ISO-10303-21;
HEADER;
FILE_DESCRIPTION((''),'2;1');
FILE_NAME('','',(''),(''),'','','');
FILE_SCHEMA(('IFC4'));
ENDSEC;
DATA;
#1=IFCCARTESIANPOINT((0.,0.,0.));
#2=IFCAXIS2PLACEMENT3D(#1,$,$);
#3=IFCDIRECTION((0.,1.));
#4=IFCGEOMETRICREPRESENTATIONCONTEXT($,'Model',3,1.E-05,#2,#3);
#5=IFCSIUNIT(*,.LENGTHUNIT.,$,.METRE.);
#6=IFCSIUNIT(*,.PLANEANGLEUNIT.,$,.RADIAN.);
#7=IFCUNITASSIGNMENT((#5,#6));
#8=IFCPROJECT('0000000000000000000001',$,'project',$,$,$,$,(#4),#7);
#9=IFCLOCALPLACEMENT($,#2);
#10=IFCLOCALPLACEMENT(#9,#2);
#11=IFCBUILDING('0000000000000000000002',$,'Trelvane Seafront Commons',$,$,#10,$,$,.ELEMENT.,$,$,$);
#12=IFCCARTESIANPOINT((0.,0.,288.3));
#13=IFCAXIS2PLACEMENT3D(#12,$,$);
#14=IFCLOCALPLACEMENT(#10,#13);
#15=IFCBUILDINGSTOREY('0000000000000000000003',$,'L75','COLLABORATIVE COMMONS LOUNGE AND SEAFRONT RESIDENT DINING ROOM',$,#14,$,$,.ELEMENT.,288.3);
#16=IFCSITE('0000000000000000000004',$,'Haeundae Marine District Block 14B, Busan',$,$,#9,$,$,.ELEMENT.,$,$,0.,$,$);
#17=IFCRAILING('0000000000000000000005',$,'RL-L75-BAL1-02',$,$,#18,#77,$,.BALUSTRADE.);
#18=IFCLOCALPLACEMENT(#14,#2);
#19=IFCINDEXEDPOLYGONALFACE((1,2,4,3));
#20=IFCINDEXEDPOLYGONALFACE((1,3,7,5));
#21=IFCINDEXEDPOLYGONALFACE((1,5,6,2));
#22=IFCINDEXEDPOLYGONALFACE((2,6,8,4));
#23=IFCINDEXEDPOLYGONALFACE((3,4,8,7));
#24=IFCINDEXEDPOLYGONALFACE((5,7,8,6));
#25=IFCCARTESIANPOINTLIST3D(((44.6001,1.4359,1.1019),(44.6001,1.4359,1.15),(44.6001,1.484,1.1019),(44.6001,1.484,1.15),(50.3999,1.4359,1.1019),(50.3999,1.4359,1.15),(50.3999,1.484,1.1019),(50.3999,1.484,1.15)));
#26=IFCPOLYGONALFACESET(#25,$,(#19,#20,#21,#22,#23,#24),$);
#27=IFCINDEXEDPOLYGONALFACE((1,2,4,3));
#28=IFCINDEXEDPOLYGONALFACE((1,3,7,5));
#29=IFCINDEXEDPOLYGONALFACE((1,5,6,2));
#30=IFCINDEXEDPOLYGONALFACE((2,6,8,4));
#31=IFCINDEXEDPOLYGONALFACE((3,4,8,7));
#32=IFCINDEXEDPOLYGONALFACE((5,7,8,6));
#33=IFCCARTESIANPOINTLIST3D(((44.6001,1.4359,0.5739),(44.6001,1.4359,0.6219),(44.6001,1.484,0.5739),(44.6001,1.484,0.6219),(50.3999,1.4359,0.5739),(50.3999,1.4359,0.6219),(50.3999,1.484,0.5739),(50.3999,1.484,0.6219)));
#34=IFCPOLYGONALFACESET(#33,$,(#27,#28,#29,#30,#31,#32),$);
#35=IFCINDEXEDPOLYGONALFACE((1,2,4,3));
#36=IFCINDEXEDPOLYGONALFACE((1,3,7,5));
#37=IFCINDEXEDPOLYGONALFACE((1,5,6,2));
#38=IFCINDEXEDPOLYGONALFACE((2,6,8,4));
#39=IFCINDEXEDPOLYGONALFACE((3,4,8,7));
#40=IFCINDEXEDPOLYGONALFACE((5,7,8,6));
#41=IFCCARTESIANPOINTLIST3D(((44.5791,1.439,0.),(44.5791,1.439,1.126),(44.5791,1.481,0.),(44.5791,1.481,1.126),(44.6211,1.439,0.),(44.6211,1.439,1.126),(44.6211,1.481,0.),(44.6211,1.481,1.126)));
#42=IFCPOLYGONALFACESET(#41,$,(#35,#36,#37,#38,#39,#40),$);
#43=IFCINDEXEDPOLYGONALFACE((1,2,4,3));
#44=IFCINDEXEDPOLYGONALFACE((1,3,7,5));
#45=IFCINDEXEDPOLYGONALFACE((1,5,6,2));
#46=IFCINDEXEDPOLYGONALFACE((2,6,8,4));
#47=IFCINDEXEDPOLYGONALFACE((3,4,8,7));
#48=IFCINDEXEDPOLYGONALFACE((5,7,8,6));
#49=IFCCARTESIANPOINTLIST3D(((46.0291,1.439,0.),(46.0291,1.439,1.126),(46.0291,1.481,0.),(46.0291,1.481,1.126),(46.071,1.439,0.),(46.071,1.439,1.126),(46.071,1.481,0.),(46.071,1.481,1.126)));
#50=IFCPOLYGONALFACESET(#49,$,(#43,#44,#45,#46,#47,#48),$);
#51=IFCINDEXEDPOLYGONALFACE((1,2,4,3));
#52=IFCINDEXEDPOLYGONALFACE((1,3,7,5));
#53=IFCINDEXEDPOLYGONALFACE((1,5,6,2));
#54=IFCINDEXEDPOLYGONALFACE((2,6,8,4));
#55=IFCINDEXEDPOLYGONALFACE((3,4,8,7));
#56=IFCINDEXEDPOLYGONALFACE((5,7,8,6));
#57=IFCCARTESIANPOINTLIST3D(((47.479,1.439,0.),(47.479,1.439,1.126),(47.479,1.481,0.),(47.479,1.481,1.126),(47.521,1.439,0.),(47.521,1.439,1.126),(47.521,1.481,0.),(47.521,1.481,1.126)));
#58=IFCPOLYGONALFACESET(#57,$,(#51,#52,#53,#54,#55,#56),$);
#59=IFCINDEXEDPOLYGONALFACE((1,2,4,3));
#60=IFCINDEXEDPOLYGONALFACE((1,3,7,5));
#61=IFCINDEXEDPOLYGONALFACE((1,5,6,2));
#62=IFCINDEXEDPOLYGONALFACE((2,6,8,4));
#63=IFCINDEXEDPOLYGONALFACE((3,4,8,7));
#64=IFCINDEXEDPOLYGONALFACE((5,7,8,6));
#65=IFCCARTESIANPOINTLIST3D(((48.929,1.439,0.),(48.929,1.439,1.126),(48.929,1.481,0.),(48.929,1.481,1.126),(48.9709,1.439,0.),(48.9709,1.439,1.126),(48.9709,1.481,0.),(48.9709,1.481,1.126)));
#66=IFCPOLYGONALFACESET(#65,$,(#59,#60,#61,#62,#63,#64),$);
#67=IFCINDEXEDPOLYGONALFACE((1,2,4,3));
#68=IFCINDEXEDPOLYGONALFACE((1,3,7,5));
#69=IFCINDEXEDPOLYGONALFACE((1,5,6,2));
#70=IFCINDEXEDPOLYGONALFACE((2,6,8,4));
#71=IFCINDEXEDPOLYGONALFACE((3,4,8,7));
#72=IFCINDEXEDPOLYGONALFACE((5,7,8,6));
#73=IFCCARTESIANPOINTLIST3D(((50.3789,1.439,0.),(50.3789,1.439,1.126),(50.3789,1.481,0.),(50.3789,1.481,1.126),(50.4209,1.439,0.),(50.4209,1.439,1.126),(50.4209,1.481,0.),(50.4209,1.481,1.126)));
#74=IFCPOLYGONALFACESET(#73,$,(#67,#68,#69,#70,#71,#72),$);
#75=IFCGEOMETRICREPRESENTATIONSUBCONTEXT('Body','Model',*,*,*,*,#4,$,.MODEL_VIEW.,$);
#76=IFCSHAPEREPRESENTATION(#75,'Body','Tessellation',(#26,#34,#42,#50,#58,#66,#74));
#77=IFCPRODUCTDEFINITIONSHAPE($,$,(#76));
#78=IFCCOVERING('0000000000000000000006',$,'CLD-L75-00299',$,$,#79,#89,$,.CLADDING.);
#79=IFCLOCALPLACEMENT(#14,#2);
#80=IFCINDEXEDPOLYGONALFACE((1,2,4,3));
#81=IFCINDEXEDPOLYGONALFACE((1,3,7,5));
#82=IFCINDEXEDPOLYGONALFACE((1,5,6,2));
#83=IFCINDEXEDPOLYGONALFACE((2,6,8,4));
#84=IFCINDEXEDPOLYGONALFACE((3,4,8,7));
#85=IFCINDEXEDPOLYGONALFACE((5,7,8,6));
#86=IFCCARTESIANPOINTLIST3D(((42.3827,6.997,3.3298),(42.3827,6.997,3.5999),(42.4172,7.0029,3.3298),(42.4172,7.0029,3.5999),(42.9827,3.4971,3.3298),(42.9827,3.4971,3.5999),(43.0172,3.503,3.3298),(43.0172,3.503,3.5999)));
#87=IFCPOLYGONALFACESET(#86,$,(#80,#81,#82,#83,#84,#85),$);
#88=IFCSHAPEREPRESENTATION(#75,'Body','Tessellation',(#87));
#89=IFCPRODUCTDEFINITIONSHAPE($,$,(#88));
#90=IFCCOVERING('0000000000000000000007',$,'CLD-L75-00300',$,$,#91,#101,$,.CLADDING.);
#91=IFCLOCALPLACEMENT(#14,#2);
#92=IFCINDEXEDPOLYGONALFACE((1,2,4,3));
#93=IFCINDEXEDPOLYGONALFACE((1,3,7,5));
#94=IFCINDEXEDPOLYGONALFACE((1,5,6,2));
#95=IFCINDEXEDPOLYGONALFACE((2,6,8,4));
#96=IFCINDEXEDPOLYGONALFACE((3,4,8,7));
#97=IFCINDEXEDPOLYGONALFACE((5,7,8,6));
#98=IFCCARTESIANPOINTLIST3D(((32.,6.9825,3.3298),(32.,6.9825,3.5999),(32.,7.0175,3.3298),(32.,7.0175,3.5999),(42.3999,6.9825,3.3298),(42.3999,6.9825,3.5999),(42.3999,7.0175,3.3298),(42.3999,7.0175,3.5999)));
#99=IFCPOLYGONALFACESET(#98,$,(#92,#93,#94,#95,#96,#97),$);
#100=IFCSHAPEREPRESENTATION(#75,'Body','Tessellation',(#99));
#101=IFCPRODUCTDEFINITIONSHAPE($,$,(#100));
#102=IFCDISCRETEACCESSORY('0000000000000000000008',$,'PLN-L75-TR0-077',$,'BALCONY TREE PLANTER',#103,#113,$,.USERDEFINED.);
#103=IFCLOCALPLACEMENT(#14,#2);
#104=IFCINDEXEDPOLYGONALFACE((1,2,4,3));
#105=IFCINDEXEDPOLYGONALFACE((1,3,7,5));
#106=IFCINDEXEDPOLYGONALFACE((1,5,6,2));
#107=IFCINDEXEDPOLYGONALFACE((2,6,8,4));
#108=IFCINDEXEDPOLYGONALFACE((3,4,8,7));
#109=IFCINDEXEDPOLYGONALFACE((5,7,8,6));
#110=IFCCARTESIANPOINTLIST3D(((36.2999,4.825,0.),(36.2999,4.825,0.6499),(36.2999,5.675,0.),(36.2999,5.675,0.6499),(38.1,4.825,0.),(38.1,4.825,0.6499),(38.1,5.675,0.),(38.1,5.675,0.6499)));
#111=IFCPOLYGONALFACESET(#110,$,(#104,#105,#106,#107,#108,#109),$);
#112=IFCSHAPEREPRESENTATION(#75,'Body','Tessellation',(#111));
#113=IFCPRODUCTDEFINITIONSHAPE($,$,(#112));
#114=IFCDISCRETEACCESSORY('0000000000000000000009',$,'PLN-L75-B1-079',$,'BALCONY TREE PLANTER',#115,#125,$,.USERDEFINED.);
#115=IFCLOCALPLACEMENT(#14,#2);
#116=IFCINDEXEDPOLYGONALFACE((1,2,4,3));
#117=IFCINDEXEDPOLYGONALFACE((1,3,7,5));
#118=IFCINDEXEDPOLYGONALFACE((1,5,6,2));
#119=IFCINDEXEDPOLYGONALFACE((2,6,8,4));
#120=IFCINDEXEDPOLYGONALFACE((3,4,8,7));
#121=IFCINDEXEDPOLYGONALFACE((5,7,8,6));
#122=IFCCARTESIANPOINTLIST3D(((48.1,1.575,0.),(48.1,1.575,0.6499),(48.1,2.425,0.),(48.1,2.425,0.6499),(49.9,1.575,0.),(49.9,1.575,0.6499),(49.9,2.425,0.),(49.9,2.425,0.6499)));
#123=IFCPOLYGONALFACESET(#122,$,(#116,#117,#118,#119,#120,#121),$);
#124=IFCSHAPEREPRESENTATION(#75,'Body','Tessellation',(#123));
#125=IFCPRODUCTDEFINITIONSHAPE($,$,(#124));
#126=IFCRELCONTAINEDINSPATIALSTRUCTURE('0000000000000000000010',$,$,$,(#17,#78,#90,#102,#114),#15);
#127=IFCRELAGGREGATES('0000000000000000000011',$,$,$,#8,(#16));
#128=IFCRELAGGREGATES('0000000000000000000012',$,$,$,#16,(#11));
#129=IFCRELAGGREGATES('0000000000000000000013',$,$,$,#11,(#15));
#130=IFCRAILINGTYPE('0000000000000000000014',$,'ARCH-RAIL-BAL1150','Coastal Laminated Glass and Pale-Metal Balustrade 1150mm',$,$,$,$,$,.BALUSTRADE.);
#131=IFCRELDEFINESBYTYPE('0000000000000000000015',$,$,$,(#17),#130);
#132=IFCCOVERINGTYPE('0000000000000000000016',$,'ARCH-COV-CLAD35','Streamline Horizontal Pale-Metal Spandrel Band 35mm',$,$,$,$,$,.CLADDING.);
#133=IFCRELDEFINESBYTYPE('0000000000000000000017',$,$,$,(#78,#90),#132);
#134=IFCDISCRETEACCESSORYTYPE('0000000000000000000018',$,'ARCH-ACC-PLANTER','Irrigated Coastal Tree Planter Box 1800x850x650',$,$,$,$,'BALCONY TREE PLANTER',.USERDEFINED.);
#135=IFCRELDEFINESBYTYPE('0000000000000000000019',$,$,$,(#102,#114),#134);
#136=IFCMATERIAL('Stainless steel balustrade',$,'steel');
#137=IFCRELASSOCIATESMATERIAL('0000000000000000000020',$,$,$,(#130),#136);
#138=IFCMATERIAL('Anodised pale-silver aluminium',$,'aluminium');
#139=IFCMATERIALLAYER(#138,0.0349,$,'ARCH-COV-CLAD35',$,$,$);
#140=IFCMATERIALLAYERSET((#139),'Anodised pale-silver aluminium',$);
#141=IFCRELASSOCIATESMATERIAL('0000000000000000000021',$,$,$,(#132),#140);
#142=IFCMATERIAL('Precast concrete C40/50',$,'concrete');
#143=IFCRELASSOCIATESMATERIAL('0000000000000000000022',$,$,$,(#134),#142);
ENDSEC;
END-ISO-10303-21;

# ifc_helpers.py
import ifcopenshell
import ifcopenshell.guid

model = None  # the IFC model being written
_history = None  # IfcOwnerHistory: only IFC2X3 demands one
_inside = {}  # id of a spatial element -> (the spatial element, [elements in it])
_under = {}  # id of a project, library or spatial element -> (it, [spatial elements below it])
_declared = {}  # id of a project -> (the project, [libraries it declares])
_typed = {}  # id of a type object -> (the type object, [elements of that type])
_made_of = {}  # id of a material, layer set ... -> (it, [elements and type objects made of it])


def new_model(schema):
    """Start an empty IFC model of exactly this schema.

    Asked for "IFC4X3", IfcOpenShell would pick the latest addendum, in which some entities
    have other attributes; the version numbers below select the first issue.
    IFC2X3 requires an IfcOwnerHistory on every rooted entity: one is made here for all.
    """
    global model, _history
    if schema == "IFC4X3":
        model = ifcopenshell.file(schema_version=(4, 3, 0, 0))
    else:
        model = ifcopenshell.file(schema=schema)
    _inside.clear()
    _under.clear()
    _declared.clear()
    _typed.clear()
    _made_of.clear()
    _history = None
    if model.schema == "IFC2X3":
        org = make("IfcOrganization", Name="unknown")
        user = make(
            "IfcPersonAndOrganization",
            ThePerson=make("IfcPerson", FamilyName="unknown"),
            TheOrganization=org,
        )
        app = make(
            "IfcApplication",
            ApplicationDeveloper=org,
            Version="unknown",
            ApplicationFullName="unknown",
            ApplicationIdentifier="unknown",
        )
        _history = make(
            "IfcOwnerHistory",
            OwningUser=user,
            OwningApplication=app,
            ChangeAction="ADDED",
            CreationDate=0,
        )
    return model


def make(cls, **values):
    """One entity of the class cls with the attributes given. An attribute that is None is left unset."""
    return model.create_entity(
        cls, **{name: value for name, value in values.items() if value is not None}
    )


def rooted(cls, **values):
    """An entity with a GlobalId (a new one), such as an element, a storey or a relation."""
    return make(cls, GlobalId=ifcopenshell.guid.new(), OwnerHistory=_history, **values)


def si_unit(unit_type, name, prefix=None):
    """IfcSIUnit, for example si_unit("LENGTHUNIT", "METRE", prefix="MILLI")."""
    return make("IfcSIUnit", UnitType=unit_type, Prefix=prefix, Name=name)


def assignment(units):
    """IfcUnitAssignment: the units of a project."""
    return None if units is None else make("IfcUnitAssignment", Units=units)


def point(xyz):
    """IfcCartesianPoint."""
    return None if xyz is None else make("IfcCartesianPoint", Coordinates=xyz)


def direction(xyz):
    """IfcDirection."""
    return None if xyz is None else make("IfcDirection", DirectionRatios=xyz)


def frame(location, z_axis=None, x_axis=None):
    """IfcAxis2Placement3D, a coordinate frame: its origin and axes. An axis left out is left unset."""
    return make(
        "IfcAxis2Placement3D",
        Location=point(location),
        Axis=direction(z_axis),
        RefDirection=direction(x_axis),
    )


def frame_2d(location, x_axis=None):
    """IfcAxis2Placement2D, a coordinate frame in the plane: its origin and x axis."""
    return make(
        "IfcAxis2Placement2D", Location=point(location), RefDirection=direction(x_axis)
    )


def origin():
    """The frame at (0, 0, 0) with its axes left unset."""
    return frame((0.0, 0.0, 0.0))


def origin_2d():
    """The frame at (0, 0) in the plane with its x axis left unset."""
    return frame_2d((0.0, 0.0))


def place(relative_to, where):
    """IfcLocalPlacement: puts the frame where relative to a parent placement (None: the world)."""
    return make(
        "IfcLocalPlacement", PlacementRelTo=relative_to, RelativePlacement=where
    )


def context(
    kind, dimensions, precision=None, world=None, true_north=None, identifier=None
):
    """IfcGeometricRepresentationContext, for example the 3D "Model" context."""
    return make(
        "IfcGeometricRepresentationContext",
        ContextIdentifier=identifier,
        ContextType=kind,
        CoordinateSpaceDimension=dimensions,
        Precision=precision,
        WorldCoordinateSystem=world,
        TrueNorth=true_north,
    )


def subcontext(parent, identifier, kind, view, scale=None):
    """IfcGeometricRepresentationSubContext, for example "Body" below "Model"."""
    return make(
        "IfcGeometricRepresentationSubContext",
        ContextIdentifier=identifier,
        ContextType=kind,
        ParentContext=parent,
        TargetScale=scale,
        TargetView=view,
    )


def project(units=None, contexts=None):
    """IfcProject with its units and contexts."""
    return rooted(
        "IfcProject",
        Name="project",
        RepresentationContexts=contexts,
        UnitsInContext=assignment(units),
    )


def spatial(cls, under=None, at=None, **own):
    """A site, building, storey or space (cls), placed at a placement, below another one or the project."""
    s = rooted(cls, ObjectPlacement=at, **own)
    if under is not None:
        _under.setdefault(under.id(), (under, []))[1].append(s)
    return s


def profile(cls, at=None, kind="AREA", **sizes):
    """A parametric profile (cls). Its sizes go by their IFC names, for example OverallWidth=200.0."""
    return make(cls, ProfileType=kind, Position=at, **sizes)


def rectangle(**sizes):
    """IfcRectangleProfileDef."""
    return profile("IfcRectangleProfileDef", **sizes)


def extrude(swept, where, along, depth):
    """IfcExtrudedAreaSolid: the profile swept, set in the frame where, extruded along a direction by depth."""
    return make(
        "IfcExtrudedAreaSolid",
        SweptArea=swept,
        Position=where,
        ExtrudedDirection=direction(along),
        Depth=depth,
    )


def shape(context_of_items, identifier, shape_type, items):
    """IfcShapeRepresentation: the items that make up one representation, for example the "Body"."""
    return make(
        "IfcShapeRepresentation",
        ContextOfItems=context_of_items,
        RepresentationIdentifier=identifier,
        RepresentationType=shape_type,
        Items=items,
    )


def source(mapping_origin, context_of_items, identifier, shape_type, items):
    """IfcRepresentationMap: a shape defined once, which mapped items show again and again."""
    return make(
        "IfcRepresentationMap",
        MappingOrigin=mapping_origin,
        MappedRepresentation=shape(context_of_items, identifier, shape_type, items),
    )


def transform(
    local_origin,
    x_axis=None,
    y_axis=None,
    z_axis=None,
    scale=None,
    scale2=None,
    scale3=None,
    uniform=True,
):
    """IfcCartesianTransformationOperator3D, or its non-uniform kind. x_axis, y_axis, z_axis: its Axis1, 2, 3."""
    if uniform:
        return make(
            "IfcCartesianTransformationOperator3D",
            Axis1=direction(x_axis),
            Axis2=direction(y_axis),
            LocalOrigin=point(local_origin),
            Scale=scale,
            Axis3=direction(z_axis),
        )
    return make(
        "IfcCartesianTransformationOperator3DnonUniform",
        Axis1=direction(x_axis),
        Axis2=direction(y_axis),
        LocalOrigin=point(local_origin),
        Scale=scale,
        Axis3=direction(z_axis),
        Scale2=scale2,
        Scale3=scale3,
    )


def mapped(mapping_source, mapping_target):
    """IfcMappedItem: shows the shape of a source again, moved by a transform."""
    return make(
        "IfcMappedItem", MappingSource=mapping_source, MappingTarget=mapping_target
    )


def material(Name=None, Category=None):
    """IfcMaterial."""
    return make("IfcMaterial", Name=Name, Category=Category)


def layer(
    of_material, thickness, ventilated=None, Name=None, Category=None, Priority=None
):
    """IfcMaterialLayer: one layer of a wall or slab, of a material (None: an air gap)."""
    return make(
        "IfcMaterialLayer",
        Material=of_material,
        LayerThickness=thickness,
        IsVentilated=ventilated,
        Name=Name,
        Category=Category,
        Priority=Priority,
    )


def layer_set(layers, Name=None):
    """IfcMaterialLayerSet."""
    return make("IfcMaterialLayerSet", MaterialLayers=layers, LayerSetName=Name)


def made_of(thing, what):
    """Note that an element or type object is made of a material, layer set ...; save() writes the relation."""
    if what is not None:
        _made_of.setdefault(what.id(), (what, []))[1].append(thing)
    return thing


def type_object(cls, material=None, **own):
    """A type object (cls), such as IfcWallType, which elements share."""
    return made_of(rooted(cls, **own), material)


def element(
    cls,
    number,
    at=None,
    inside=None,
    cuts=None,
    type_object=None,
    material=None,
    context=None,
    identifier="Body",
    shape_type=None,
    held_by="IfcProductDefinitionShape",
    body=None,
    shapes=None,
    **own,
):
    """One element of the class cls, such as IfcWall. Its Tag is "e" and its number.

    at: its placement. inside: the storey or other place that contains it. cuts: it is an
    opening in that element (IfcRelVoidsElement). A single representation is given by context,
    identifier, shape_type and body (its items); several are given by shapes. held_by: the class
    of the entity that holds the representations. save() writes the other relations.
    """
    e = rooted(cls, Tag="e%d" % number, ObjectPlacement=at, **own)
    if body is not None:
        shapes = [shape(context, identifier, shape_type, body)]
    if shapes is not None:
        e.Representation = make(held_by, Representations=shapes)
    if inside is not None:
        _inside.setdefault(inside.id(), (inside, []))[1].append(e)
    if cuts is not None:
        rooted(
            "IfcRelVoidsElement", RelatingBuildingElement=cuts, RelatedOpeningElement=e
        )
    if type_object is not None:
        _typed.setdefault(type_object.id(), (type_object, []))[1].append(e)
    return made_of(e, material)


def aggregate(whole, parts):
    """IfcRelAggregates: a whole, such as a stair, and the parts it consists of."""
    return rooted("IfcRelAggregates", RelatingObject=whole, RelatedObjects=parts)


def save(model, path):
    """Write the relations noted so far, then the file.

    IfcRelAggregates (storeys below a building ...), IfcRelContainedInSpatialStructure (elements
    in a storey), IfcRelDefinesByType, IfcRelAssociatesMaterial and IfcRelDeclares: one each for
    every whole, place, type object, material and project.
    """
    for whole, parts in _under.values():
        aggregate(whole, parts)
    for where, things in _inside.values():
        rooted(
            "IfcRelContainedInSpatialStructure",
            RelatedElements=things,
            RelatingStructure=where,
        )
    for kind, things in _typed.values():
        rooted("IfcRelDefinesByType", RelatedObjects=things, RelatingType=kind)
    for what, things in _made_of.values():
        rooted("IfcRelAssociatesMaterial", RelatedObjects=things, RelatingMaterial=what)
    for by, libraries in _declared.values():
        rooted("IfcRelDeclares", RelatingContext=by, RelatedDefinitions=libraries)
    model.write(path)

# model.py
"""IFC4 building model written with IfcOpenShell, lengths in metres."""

from ifc_helpers import new_model, si_unit, direction, frame, origin, origin_2d, place, context, subcontext, project, spatial, rectangle, extrude, source, transform, mapped, material, layer, layer_set, type_object, element, save


model = new_model("IFC4")

# Units and contexts
model_context = context("Model", 3, precision=1e-05, world=origin(), true_north=direction((0.0, 1.0)))
body_context = subcontext(model_context, "Body", "Model", "MODEL_VIEW")
ifc_project = project(units=[si_unit("LENGTHUNIT", "METRE"), si_unit("PLANEANGLEUNIT", "RADIAN")], contexts=[model_context])

# Site, building, storey
site_placement = place(None, origin())
site = spatial("IfcSite", under=ifc_project, at=site_placement, Name="Haeundae Marine District Block 14B, Busan", CompositionType="ELEMENT", RefElevation=0.0)
building_placement = place(site_placement, origin())
building = spatial("IfcBuilding", under=site, at=building_placement, Name="Trelvane Seafront Commons", CompositionType="ELEMENT")
storey_placement = place(building_placement, frame((0.0, 0.0, 288.3)))
storey = spatial("IfcBuildingStorey", under=building, at=storey_placement, Name="L75", Description="COLLABORATIVE COMMONS LOUNGE AND SEAFRONT RESIDENT DINING ROOM", CompositionType="ELEMENT", Elevation=288.3)

# Shared definitions
ifc_material_1 = material(Name="Precast concrete C40/50", Category="concrete")

# Railing
ifc_material_2 = material(Name="Stainless steel balustrade", Category="steel")
railing_type = type_object("IfcRailingType", Name="ARCH-RAIL-BAL1150", Description="Coastal Laminated Glass and Pale-Metal Balustrade 1150mm", PredefinedType="BALUSTRADE", material=ifc_material_2)
railing_1_placement = place(storey_placement, frame((44.6001, 1.46, 0.0)))
element("IfcRailing", 1, at=railing_1_placement, inside=storey, type_object=railing_type, Name="RL-L75-BAL1-02", PredefinedType="BALUSTRADE", context=body_context, shape_type="SweptSolid", body=[
    extrude(rectangle(XDim=0.0481, YDim=0.0481, at=origin_2d()), frame((0.0, 0.0, 1.126), z_axis=(1.0, 0.0, 0.0), x_axis=(0.0, 1.0, 0.0)), (0.0, 0.0, 1.0), 5.7998),
    extrude(rectangle(XDim=0.0481, YDim=0.0481, at=origin_2d()), frame((0.0, 0.0, 0.5979), z_axis=(1.0, 0.0, 0.0), x_axis=(0.0, 1.0, 0.0)), (0.0, 0.0, 1.0), 5.7998),
    extrude(rectangle(XDim=0.042, YDim=0.042, at=origin_2d()), origin(), (0.0, 0.0, 1.0), 1.126),
    extrude(rectangle(XDim=0.042, YDim=0.042, at=origin_2d()), frame((1.45, 0.0, 0.0)), (0.0, 0.0, 1.0), 1.126),
    extrude(rectangle(XDim=0.042, YDim=0.042, at=origin_2d()), frame((2.8999, 0.0, 0.0)), (0.0, 0.0, 1.0), 1.126),
    extrude(rectangle(XDim=0.042, YDim=0.042, at=origin_2d()), frame((4.3499, 0.0, 0.0)), (0.0, 0.0, 1.0), 1.126),
    extrude(rectangle(XDim=0.042, YDim=0.042, at=origin_2d()), frame((5.7998, 0.0, 0.0)), (0.0, 0.0, 1.0), 1.126),
])

# Coverings
ifc_material_3 = material(Name="Anodised pale-silver aluminium", Category="aluminium")
ifc_layer_1 = layer(ifc_material_3, 0.0349, Name="ARCH-COV-CLAD35")
ifc_layer_set_1 = layer_set([ifc_layer_1], Name="Anodised pale-silver aluminium")
covering_type = type_object("IfcCoveringType", Name="ARCH-COV-CLAD35", Description="Streamline Horizontal Pale-Metal Spandrel Band 35mm", PredefinedType="CLADDING", material=ifc_layer_set_1)
shared_shape_1 = source(origin(), body_context, "Body", "SweptSolid", [
    extrude(rectangle(XDim=3.551, YDim=0.0349, at=origin_2d()), origin(), (0.0, 0.0, 1.0), 0.27),
])
covering_1_placement = place(storey_placement, frame((42.7, 5.25, 3.3298), z_axis=(0.0, 0.0, 1.0), x_axis=(-0.168964, 0.985622, 0.0)))
element("IfcCovering", 2, at=covering_1_placement, inside=storey, type_object=covering_type, Name="CLD-L75-00299", PredefinedType="CLADDING", context=body_context, shape_type="MappedRepresentation", body=[
    mapped(shared_shape_1, transform((0.0, 0.0, 0.0), x_axis=(1.0, 0.0, 0.0), y_axis=(0.0, 1.0, 0.0), z_axis=(0.0, 0.0, 1.0), scale=1.0)),
])
shared_shape_2 = source(origin(), body_context, "Body", "SweptSolid", [
    extrude(rectangle(XDim=10.3999, YDim=0.0349, at=origin_2d()), origin(), (0.0, 0.0, 1.0), 0.27),
])
covering_2_placement = place(storey_placement, frame((37.2, 7.0, 3.3298), z_axis=(0.0, 0.0, 1.0), x_axis=(-1.0, 0.0, 0.0)))
element("IfcCovering", 3, at=covering_2_placement, inside=storey, type_object=covering_type, Name="CLD-L75-00300", PredefinedType="CLADDING", context=body_context, shape_type="MappedRepresentation", body=[
    mapped(shared_shape_2, transform((0.0, 0.0, 0.0), x_axis=(1.0, 0.0, 0.0), y_axis=(0.0, 1.0, 0.0), z_axis=(0.0, 0.0, 1.0), scale=1.0)),
])

# Discrete accessories
discrete_accessory_type = type_object("IfcDiscreteAccessoryType", Name="ARCH-ACC-PLANTER", Description="Irrigated Coastal Tree Planter Box 1800x850x650", ElementType="BALCONY TREE PLANTER", PredefinedType="USERDEFINED", material=ifc_material_1)
shared_shape_3 = source(origin(), body_context, "Body", "SweptSolid", [
    extrude(rectangle(XDim=1.8, YDim=0.8501, at=origin_2d()), origin(), (0.0, 0.0, 1.0), 0.6499),
])
for number, where, z_axis, x_axis, name in (
    (4, (37.2, 5.25, 0.0), (0.0, 0.0, 1.0), (1.0, 0.0, 0.0), "PLN-L75-TR0-077"),
    (5, (49.0, 2.0, 0.0), (0.0, 0.0, 1.0), (1.0, 0.0, 0.0), "PLN-L75-B1-079"),
):
    element("IfcDiscreteAccessory", number, at=place(storey_placement, frame(where, z_axis=z_axis, x_axis=x_axis)), inside=storey, type_object=discrete_accessory_type, Name=name, ObjectType="BALCONY TREE PLANTER", PredefinedType="USERDEFINED", context=body_context, shape_type="MappedRepresentation", body=[
        mapped(shared_shape_3, transform((0.0, 0.0, 0.0), x_axis=(1.0, 0.0, 0.0), y_axis=(0.0, 1.0, 0.0), z_axis=(0.0, 0.0, 1.0), scale=1.0)),
    ])

save(model, "model.ifc")
